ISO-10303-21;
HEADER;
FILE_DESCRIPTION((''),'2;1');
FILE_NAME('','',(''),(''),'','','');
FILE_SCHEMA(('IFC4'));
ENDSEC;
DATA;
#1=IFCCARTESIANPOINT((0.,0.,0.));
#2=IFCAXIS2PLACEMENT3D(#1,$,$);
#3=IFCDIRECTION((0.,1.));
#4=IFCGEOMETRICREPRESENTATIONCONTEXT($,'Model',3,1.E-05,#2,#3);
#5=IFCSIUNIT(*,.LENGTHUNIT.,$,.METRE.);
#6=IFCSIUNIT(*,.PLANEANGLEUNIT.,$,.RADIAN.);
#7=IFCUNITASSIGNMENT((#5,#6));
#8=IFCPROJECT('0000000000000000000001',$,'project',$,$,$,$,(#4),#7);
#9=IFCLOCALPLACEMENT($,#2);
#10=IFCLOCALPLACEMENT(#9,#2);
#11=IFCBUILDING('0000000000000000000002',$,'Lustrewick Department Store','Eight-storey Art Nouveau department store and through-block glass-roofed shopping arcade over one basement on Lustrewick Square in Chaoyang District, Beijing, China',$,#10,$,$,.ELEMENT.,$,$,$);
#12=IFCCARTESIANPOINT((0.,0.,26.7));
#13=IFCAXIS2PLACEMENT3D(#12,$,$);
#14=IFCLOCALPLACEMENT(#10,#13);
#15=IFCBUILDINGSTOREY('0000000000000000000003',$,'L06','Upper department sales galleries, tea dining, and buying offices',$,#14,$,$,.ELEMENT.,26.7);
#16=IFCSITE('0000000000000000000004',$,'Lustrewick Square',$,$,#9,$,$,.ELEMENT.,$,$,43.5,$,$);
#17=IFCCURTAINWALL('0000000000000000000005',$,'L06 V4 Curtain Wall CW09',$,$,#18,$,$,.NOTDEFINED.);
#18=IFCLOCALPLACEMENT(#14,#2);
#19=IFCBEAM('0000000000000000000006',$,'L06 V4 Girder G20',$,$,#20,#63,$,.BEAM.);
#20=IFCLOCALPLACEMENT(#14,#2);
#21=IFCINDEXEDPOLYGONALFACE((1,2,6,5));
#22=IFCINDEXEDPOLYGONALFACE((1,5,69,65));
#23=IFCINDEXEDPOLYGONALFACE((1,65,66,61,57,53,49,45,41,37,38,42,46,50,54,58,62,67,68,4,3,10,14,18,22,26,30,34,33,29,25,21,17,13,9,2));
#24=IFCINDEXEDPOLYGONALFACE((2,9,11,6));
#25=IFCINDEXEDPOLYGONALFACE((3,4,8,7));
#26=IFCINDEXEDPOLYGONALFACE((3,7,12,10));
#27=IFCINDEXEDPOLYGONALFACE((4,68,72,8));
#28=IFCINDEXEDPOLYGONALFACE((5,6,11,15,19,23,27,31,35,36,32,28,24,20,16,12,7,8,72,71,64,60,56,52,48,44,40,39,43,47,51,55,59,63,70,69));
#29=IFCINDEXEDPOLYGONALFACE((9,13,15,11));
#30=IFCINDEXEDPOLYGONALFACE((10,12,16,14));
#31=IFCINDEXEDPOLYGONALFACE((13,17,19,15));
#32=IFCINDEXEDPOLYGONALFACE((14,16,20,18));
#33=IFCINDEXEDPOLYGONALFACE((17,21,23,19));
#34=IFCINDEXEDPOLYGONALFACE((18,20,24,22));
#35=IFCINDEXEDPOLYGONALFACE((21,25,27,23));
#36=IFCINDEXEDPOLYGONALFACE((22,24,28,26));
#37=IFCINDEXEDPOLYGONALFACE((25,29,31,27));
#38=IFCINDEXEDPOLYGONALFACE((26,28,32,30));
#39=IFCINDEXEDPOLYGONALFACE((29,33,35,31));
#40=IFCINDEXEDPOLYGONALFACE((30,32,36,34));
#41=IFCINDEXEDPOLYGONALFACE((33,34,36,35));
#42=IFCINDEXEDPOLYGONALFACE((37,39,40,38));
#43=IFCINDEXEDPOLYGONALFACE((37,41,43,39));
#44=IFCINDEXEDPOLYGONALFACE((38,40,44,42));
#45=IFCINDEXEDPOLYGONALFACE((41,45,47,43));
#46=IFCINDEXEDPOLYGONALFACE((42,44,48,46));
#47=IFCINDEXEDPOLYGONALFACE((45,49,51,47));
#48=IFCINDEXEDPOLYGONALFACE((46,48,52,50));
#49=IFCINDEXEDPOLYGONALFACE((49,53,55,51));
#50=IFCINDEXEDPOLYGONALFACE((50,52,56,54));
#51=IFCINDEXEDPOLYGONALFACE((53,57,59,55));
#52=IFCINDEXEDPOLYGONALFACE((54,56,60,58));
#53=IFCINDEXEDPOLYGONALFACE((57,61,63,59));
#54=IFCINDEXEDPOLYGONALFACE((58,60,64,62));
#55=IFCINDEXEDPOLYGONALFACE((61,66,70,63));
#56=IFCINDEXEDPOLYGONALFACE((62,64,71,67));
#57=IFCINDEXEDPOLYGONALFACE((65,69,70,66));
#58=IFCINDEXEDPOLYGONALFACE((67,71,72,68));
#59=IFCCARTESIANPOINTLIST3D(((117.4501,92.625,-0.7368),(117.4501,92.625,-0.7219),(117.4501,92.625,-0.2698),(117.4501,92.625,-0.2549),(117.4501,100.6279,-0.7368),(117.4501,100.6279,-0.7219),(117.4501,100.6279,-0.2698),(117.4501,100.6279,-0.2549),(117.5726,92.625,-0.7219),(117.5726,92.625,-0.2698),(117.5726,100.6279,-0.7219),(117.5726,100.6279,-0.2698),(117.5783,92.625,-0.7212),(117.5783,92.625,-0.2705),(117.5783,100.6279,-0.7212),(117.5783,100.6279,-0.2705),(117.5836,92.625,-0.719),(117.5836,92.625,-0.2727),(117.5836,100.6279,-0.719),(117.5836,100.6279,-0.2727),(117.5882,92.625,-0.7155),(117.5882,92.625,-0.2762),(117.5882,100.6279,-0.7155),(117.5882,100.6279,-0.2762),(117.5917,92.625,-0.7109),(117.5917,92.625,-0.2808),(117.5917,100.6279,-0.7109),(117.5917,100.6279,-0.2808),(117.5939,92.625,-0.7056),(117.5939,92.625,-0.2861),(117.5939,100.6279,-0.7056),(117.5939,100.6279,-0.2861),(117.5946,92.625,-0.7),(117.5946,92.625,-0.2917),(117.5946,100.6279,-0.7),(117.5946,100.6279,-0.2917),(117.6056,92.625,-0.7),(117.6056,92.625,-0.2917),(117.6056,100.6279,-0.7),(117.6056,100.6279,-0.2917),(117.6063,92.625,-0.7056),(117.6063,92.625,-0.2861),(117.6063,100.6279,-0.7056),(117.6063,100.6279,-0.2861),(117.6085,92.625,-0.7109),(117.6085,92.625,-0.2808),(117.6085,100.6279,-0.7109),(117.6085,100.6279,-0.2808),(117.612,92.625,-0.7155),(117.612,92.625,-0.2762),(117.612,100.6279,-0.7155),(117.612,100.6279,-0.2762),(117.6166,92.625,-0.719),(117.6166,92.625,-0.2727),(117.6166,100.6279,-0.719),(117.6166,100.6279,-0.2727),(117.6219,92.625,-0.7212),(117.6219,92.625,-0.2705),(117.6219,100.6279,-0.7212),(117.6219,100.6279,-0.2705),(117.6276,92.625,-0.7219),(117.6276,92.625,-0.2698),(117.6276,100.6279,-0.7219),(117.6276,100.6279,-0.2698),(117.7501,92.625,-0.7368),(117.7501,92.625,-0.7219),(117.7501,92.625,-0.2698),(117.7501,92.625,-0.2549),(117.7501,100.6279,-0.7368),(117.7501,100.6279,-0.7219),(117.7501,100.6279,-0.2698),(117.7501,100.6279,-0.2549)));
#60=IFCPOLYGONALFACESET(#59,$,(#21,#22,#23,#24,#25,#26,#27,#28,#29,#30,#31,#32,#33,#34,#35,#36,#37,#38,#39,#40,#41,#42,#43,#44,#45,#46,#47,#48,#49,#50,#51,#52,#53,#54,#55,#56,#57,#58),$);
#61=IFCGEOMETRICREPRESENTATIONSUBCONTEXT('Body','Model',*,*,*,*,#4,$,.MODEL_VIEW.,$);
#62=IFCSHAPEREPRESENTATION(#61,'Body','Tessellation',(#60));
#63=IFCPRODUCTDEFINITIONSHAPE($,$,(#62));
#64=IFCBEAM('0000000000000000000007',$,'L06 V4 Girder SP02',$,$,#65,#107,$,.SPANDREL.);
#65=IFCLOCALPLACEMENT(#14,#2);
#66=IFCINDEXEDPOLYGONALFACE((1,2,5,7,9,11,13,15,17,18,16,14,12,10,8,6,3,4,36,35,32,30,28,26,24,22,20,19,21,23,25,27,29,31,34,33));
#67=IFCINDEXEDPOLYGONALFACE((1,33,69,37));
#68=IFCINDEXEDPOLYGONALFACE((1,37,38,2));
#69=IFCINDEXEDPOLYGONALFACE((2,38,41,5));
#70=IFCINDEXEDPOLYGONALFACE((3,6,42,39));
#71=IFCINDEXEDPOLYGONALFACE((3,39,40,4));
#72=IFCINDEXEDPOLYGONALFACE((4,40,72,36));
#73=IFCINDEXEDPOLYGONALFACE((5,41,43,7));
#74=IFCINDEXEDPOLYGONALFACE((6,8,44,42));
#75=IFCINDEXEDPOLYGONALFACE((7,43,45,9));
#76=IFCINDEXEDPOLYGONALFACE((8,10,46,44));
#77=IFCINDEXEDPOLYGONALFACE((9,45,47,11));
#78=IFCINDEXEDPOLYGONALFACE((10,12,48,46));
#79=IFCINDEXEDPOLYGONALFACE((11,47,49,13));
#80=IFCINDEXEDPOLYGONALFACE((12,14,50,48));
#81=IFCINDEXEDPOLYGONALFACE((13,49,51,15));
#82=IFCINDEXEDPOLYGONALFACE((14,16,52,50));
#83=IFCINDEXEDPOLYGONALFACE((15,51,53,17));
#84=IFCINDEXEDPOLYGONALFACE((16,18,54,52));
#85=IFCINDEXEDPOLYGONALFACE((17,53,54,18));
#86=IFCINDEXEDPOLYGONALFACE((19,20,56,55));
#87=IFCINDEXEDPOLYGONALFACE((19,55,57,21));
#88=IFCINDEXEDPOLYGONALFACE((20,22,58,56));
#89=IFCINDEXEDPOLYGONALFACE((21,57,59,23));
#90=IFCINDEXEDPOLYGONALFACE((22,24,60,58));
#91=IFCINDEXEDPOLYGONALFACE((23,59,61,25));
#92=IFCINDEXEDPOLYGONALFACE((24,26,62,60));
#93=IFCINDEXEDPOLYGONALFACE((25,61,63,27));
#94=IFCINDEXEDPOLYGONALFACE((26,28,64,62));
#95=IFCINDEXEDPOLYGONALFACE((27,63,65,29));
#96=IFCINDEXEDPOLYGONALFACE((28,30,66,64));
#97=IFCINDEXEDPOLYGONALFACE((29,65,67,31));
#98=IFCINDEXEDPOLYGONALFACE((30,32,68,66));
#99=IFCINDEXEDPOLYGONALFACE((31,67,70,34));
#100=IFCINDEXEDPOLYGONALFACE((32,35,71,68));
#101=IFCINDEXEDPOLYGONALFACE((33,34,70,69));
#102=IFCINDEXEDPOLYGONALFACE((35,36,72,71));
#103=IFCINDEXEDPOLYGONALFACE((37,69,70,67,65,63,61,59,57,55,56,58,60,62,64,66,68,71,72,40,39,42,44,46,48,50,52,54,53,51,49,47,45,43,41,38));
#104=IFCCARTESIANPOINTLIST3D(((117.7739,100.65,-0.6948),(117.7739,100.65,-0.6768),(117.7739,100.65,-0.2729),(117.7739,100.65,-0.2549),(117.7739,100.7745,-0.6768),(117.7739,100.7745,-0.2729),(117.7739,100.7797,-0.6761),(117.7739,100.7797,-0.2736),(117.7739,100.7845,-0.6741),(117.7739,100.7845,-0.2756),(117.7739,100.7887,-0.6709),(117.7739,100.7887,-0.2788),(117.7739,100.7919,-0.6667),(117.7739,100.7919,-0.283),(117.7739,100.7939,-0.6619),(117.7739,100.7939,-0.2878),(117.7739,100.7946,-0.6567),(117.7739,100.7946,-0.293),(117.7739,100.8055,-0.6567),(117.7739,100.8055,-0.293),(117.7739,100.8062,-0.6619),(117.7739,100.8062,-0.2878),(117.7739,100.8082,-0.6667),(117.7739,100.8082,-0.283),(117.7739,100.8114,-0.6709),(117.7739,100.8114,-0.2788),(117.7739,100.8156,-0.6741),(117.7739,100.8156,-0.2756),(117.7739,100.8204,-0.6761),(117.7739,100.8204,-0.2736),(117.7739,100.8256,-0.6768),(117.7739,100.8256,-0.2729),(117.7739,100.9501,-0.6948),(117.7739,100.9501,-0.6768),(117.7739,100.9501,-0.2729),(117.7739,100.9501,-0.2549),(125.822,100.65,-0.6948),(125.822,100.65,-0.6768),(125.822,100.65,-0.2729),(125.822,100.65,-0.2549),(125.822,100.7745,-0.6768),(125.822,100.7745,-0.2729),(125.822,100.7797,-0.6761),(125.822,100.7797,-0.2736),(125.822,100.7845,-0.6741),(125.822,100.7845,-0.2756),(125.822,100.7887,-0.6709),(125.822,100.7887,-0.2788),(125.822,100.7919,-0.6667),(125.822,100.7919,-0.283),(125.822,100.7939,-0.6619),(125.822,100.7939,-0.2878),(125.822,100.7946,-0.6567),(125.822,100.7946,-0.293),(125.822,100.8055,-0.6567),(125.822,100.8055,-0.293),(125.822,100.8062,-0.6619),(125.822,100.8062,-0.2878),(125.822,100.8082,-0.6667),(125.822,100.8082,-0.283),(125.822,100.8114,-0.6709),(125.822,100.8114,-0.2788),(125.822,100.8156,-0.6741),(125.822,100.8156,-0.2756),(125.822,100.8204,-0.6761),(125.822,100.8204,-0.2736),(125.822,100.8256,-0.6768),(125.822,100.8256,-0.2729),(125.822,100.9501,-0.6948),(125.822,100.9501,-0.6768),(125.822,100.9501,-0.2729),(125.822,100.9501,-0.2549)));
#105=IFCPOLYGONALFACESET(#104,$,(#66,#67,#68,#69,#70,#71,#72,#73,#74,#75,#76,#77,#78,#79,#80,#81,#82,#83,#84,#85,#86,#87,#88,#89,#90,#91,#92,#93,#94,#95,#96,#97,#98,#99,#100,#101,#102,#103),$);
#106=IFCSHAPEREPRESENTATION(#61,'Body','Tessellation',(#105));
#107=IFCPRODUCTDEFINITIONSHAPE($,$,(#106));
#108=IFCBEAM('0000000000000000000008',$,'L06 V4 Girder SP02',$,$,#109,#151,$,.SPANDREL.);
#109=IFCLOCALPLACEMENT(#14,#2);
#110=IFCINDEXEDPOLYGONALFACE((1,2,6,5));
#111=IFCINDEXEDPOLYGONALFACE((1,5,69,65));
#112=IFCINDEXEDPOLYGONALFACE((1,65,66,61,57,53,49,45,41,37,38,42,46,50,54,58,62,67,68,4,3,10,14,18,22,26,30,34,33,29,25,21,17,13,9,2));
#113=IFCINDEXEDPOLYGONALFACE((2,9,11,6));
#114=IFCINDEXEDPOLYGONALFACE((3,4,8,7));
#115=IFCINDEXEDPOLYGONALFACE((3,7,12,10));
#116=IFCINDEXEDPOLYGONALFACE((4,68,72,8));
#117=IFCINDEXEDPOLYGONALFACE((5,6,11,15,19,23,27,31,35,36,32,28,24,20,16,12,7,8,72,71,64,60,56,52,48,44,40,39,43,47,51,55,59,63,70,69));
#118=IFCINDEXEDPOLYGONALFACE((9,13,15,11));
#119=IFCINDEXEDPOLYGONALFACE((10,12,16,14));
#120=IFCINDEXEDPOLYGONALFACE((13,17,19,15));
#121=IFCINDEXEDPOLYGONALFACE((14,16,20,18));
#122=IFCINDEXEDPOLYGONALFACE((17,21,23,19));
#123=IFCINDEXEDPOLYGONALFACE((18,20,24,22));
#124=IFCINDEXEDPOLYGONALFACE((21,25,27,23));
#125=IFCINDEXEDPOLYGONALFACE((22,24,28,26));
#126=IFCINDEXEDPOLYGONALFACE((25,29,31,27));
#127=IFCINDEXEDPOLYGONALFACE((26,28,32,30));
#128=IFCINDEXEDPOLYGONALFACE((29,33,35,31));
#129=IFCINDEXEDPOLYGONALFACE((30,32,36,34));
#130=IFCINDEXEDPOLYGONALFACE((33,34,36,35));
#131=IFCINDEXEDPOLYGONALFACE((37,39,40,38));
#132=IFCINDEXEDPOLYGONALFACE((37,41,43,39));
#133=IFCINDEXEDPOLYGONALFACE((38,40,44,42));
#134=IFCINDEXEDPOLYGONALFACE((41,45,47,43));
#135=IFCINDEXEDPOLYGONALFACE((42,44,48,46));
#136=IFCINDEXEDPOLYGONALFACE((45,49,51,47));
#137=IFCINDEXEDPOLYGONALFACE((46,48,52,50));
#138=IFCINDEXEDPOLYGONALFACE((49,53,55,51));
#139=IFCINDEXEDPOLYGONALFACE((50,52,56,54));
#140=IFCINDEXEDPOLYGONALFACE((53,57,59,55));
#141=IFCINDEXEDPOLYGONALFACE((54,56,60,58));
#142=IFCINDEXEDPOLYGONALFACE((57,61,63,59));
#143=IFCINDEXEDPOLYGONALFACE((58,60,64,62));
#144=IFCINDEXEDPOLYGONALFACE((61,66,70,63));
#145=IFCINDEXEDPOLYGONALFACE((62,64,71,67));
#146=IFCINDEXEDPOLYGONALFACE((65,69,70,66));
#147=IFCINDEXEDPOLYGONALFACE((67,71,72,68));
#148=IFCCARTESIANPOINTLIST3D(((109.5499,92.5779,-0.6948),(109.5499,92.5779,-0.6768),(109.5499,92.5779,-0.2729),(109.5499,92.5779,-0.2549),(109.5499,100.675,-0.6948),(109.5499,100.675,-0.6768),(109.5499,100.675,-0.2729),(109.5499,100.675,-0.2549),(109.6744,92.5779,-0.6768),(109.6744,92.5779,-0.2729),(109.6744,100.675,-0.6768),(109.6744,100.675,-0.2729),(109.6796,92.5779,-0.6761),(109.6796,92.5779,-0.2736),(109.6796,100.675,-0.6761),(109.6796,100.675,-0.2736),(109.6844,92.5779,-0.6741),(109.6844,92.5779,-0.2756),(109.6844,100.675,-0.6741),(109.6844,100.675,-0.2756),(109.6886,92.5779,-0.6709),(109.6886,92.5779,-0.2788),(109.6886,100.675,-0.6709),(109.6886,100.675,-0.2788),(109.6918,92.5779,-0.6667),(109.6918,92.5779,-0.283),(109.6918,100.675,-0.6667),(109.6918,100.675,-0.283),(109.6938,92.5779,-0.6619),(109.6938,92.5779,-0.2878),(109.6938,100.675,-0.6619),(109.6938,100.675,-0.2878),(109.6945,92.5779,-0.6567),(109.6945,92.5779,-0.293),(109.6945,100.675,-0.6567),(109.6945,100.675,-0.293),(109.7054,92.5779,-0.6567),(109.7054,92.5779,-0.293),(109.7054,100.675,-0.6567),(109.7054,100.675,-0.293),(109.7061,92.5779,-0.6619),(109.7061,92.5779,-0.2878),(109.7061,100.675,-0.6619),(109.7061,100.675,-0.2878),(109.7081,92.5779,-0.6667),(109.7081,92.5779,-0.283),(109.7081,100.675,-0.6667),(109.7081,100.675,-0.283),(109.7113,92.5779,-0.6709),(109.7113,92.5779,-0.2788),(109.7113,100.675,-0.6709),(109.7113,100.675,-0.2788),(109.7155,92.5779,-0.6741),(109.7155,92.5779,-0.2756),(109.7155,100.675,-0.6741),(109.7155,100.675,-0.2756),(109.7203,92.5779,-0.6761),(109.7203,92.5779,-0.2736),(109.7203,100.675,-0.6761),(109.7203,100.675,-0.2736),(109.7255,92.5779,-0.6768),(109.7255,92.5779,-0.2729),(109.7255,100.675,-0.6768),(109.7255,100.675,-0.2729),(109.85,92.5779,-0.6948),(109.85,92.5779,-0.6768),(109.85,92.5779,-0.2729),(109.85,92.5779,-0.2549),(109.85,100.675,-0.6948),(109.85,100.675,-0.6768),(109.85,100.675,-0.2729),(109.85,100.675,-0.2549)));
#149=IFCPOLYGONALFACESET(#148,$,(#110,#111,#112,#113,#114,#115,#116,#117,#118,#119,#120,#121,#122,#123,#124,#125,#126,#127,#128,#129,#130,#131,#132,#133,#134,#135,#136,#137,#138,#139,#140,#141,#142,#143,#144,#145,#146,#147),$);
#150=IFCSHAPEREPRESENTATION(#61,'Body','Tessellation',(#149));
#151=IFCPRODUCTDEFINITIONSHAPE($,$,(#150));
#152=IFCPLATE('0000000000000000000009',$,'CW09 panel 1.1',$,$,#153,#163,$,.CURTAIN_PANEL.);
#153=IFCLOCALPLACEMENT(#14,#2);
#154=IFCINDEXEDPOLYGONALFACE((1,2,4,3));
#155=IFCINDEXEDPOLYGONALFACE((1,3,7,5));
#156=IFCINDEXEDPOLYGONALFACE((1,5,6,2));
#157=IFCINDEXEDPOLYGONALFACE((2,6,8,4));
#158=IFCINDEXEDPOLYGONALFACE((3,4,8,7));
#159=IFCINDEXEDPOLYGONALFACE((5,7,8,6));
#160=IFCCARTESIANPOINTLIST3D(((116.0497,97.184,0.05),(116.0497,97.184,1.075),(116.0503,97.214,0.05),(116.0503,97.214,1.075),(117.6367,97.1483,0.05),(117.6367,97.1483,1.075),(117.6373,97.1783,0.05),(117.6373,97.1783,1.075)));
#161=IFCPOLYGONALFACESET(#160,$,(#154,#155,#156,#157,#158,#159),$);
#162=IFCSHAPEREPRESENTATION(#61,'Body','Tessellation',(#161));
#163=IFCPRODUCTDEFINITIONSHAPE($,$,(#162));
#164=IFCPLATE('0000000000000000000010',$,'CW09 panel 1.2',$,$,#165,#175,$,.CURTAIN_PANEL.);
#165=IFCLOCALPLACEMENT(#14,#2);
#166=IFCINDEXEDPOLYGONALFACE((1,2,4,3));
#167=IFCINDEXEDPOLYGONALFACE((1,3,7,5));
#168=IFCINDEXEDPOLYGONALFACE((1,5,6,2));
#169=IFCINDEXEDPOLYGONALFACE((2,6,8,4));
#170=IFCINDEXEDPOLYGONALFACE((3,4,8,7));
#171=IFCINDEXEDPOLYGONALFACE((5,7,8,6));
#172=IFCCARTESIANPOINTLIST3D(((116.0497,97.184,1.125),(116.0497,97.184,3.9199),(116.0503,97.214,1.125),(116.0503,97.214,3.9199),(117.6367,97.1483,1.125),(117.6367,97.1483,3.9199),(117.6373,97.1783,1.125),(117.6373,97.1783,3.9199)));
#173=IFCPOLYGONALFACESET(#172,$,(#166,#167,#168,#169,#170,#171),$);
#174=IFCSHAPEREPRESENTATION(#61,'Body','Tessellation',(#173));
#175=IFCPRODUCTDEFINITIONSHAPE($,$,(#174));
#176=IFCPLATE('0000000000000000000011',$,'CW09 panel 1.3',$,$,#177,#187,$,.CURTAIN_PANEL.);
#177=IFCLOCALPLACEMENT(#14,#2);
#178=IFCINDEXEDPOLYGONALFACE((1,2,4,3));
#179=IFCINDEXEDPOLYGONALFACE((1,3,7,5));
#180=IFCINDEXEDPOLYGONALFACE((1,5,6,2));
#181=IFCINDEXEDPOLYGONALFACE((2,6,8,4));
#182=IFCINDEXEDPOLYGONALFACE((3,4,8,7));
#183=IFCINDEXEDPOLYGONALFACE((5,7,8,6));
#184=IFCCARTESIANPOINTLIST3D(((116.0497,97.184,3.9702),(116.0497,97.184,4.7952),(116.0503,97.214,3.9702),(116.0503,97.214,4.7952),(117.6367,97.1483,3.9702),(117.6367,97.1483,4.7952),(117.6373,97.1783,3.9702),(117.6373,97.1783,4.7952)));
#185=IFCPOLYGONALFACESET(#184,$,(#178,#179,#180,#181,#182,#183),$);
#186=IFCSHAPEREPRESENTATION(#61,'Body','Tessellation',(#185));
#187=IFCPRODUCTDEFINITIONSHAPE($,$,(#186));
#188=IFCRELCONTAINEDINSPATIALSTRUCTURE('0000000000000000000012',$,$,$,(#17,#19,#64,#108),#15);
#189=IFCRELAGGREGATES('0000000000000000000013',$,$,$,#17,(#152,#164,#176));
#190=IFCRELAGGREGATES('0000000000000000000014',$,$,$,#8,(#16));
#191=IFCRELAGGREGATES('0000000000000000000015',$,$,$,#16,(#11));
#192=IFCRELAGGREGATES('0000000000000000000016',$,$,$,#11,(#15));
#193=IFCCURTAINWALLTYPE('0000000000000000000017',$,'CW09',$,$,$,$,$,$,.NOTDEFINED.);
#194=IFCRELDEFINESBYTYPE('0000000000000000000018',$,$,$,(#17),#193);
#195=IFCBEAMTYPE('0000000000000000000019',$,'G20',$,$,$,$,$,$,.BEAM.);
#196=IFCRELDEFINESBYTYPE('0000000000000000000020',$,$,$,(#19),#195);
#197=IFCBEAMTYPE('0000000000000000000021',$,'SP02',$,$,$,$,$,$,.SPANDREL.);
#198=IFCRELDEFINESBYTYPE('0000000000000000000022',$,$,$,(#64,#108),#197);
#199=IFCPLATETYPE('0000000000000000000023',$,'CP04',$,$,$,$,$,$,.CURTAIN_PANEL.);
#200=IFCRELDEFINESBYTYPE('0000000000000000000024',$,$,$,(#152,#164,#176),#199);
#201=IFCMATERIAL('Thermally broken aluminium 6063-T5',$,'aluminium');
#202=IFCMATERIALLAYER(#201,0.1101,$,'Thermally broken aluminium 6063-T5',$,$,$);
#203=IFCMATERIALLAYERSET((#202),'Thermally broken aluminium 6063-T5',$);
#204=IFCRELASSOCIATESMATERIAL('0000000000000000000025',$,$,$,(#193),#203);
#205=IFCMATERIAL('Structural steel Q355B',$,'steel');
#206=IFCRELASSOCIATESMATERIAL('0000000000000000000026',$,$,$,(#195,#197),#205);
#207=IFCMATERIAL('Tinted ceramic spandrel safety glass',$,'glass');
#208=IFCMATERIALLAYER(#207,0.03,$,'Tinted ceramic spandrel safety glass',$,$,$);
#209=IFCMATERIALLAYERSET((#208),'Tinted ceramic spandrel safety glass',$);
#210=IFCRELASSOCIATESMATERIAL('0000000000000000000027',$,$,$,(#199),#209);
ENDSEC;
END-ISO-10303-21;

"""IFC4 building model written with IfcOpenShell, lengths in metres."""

from ifc_helpers import new_model, si_unit, direction, frame, origin, origin_2d, place, context, subcontext, project, spatial, rectangle, i_section, extrude, material, layer, layer_set, material_profile, profile_set, type_object, element, aggregate, save


model = new_model("IFC4")

# Units and contexts
model_context = context("Model", 3, precision=1e-05, world=origin(), true_north=direction((0.0, 1.0)))
body_context = subcontext(model_context, "Body", "Model", "MODEL_VIEW")
ifc_project = project(units=[si_unit("LENGTHUNIT", "METRE"), si_unit("PLANEANGLEUNIT", "RADIAN")], contexts=[model_context])

# Site, building, storey
site_placement = place(None, origin())
site = spatial("IfcSite", under=ifc_project, at=site_placement, Name="Lustrewick Square", CompositionType="ELEMENT", RefElevation=43.5)
building_placement = place(site_placement, origin())
building = spatial("IfcBuilding", under=site, at=building_placement, Name="Lustrewick Department Store", Description="Eight-storey Art Nouveau department store and through-block glass-roofed shopping arcade over one basement on Lustrewick Square in Chaoyang District, Beijing, China", CompositionType="ELEMENT")
storey_placement = place(building_placement, frame((0.0, 0.0, 26.7)))
storey = spatial("IfcBuildingStorey", under=building, at=storey_placement, Name="L06", Description="Upper department sales galleries, tea dining, and buying offices", CompositionType="ELEMENT", Elevation=26.7)

# Shared definitions
ifc_material_1 = material(Name="Structural steel Q355B", Category="steel")

# Curtain wall
ifc_material_2 = material(Name="Thermally broken aluminium 6063-T5", Category="aluminium")
ifc_layer_1 = layer(ifc_material_2, 0.1101, Name="Thermally broken aluminium 6063-T5")
ifc_layer_set_1 = layer_set([ifc_layer_1], Name="Thermally broken aluminium 6063-T5")
curtain_wall_type = type_object("IfcCurtainWallType", Name="CW09", PredefinedType="NOTDEFINED", material=ifc_layer_set_1)
curtain_wall_placement = place(storey_placement, origin())
curtain_wall = element("IfcCurtainWall", 1, at=curtain_wall_placement, inside=storey, type_object=curtain_wall_type, Name="L06 V4 Curtain Wall CW09", PredefinedType="NOTDEFINED")

# Beams
ifc_material_profile_1 = material_profile(ifc_material_1, i_section(OverallWidth=0.3, OverallDepth=0.4819, WebThickness=0.011, FlangeThickness=0.0149, FilletRadius=0.022, at=origin_2d()), Name="HM 482x300x11x15")
ifc_profile_set_1 = profile_set([ifc_material_profile_1], Name="Structural steel Q355B")
beam_type_1 = type_object("IfcBeamType", Name="G20", PredefinedType="BEAM", material=ifc_profile_set_1)
beam_1_placement = place(storey_placement, frame((117.6001, 92.625, -0.4958), z_axis=(0.0, 1.0, 0.0), x_axis=(-1.0, 0.0, 0.0)))
element("IfcBeam", 2, at=beam_1_placement, inside=storey, type_object=beam_type_1, Name="L06 V4 Girder G20", PredefinedType="BEAM", context=body_context, shape_type="SweptSolid", body=[
    extrude(i_section(OverallWidth=0.3, OverallDepth=0.4819, WebThickness=0.011, FlangeThickness=0.0149, FilletRadius=0.022, at=origin_2d()), origin(), (0.0, 0.0, 1.0), 8.0029),
])
ifc_material_profile_2 = material_profile(ifc_material_1, i_section(OverallWidth=0.3, OverallDepth=0.4399, WebThickness=0.011, FlangeThickness=0.0181, FilletRadius=0.02, at=origin_2d()), Name="HM 440x300x11x18")
ifc_profile_set_2 = profile_set([ifc_material_profile_2], Name="Structural steel Q355B")
beam_type_2 = type_object("IfcBeamType", Name="SP02", PredefinedType="SPANDREL", material=ifc_profile_set_2)
beam_2_placement = place(storey_placement, frame((117.7739, 100.8, -0.4749), z_axis=(1.0, 0.0, 0.0), x_axis=(0.0, 1.0, 0.0)))
element("IfcBeam", 3, at=beam_2_placement, inside=storey, type_object=beam_type_2, Name="L06 V4 Girder SP02", PredefinedType="SPANDREL", context=body_context, shape_type="SweptSolid", body=[
    extrude(i_section(OverallWidth=0.3, OverallDepth=0.4399, WebThickness=0.011, FlangeThickness=0.0181, FilletRadius=0.02, at=origin_2d()), origin(), (0.0, 0.0, 1.0), 8.0481),
])
beam_3_placement = place(storey_placement, frame((109.7, 92.5779, -0.4749), z_axis=(0.0, 1.0, 0.0), x_axis=(-1.0, 0.0, 0.0)))
element("IfcBeam", 4, at=beam_3_placement, inside=storey, type_object=beam_type_2, Name="L06 V4 Girder SP02", PredefinedType="SPANDREL", context=body_context, shape_type="SweptSolid", body=[
    extrude(i_section(OverallWidth=0.3, OverallDepth=0.4399, WebThickness=0.011, FlangeThickness=0.0181, FilletRadius=0.02, at=origin_2d()), origin(), (0.0, 0.0, 1.0), 8.0972),
])

# Plates
ifc_material_3 = material(Name="Tinted ceramic spandrel safety glass", Category="glass")
ifc_layer_2 = layer(ifc_material_3, 0.03, Name="Tinted ceramic spandrel safety glass")
ifc_layer_set_2 = layer_set([ifc_layer_2], Name="Tinted ceramic spandrel safety glass")
plate_type = type_object("IfcPlateType", Name="CP04", PredefinedType="CURTAIN_PANEL", material=ifc_layer_set_2)
plate_1_placement = place(storey_placement, frame((116.8435, 97.1812, 0.05), z_axis=(0.0, 0.0, 1.0), x_axis=(-0.999748, 0.022462, 0.0)))
plate_1 = element("IfcPlate", 5, at=plate_1_placement, type_object=plate_type, Name="CW09 panel 1.1", PredefinedType="CURTAIN_PANEL", context=body_context, shape_type="SweptSolid", body=[
    extrude(rectangle(XDim=1.5874, YDim=0.03, at=origin_2d()), origin(), (0.0, 0.0, 1.0), 1.0249),
])
plate_2_placement = place(storey_placement, frame((116.8435, 97.1812, 1.125), z_axis=(0.0, 0.0, 1.0), x_axis=(-0.999748, 0.022462, 0.0)))
plate_2 = element("IfcPlate", 6, at=plate_2_placement, type_object=plate_type, Name="CW09 panel 1.2", PredefinedType="CURTAIN_PANEL", context=body_context, shape_type="SweptSolid", body=[
    extrude(rectangle(XDim=1.5874, YDim=0.03, at=origin_2d()), origin(), (0.0, 0.0, 1.0), 2.7949),
])
plate_3_placement = place(storey_placement, frame((116.8435, 97.1812, 3.9702), z_axis=(0.0, 0.0, 1.0), x_axis=(-0.999748, 0.022462, 0.0)))
plate_3 = element("IfcPlate", 7, at=plate_3_placement, type_object=plate_type, Name="CW09 panel 1.3", PredefinedType="CURTAIN_PANEL", context=body_context, shape_type="SweptSolid", body=[
    extrude(rectangle(XDim=1.5874, YDim=0.03, at=origin_2d()), origin(), (0.0, 0.0, 1.0), 0.825),
])
aggregate(curtain_wall, [plate_1, plate_2, plate_3])

save(model, "model.ifc")
